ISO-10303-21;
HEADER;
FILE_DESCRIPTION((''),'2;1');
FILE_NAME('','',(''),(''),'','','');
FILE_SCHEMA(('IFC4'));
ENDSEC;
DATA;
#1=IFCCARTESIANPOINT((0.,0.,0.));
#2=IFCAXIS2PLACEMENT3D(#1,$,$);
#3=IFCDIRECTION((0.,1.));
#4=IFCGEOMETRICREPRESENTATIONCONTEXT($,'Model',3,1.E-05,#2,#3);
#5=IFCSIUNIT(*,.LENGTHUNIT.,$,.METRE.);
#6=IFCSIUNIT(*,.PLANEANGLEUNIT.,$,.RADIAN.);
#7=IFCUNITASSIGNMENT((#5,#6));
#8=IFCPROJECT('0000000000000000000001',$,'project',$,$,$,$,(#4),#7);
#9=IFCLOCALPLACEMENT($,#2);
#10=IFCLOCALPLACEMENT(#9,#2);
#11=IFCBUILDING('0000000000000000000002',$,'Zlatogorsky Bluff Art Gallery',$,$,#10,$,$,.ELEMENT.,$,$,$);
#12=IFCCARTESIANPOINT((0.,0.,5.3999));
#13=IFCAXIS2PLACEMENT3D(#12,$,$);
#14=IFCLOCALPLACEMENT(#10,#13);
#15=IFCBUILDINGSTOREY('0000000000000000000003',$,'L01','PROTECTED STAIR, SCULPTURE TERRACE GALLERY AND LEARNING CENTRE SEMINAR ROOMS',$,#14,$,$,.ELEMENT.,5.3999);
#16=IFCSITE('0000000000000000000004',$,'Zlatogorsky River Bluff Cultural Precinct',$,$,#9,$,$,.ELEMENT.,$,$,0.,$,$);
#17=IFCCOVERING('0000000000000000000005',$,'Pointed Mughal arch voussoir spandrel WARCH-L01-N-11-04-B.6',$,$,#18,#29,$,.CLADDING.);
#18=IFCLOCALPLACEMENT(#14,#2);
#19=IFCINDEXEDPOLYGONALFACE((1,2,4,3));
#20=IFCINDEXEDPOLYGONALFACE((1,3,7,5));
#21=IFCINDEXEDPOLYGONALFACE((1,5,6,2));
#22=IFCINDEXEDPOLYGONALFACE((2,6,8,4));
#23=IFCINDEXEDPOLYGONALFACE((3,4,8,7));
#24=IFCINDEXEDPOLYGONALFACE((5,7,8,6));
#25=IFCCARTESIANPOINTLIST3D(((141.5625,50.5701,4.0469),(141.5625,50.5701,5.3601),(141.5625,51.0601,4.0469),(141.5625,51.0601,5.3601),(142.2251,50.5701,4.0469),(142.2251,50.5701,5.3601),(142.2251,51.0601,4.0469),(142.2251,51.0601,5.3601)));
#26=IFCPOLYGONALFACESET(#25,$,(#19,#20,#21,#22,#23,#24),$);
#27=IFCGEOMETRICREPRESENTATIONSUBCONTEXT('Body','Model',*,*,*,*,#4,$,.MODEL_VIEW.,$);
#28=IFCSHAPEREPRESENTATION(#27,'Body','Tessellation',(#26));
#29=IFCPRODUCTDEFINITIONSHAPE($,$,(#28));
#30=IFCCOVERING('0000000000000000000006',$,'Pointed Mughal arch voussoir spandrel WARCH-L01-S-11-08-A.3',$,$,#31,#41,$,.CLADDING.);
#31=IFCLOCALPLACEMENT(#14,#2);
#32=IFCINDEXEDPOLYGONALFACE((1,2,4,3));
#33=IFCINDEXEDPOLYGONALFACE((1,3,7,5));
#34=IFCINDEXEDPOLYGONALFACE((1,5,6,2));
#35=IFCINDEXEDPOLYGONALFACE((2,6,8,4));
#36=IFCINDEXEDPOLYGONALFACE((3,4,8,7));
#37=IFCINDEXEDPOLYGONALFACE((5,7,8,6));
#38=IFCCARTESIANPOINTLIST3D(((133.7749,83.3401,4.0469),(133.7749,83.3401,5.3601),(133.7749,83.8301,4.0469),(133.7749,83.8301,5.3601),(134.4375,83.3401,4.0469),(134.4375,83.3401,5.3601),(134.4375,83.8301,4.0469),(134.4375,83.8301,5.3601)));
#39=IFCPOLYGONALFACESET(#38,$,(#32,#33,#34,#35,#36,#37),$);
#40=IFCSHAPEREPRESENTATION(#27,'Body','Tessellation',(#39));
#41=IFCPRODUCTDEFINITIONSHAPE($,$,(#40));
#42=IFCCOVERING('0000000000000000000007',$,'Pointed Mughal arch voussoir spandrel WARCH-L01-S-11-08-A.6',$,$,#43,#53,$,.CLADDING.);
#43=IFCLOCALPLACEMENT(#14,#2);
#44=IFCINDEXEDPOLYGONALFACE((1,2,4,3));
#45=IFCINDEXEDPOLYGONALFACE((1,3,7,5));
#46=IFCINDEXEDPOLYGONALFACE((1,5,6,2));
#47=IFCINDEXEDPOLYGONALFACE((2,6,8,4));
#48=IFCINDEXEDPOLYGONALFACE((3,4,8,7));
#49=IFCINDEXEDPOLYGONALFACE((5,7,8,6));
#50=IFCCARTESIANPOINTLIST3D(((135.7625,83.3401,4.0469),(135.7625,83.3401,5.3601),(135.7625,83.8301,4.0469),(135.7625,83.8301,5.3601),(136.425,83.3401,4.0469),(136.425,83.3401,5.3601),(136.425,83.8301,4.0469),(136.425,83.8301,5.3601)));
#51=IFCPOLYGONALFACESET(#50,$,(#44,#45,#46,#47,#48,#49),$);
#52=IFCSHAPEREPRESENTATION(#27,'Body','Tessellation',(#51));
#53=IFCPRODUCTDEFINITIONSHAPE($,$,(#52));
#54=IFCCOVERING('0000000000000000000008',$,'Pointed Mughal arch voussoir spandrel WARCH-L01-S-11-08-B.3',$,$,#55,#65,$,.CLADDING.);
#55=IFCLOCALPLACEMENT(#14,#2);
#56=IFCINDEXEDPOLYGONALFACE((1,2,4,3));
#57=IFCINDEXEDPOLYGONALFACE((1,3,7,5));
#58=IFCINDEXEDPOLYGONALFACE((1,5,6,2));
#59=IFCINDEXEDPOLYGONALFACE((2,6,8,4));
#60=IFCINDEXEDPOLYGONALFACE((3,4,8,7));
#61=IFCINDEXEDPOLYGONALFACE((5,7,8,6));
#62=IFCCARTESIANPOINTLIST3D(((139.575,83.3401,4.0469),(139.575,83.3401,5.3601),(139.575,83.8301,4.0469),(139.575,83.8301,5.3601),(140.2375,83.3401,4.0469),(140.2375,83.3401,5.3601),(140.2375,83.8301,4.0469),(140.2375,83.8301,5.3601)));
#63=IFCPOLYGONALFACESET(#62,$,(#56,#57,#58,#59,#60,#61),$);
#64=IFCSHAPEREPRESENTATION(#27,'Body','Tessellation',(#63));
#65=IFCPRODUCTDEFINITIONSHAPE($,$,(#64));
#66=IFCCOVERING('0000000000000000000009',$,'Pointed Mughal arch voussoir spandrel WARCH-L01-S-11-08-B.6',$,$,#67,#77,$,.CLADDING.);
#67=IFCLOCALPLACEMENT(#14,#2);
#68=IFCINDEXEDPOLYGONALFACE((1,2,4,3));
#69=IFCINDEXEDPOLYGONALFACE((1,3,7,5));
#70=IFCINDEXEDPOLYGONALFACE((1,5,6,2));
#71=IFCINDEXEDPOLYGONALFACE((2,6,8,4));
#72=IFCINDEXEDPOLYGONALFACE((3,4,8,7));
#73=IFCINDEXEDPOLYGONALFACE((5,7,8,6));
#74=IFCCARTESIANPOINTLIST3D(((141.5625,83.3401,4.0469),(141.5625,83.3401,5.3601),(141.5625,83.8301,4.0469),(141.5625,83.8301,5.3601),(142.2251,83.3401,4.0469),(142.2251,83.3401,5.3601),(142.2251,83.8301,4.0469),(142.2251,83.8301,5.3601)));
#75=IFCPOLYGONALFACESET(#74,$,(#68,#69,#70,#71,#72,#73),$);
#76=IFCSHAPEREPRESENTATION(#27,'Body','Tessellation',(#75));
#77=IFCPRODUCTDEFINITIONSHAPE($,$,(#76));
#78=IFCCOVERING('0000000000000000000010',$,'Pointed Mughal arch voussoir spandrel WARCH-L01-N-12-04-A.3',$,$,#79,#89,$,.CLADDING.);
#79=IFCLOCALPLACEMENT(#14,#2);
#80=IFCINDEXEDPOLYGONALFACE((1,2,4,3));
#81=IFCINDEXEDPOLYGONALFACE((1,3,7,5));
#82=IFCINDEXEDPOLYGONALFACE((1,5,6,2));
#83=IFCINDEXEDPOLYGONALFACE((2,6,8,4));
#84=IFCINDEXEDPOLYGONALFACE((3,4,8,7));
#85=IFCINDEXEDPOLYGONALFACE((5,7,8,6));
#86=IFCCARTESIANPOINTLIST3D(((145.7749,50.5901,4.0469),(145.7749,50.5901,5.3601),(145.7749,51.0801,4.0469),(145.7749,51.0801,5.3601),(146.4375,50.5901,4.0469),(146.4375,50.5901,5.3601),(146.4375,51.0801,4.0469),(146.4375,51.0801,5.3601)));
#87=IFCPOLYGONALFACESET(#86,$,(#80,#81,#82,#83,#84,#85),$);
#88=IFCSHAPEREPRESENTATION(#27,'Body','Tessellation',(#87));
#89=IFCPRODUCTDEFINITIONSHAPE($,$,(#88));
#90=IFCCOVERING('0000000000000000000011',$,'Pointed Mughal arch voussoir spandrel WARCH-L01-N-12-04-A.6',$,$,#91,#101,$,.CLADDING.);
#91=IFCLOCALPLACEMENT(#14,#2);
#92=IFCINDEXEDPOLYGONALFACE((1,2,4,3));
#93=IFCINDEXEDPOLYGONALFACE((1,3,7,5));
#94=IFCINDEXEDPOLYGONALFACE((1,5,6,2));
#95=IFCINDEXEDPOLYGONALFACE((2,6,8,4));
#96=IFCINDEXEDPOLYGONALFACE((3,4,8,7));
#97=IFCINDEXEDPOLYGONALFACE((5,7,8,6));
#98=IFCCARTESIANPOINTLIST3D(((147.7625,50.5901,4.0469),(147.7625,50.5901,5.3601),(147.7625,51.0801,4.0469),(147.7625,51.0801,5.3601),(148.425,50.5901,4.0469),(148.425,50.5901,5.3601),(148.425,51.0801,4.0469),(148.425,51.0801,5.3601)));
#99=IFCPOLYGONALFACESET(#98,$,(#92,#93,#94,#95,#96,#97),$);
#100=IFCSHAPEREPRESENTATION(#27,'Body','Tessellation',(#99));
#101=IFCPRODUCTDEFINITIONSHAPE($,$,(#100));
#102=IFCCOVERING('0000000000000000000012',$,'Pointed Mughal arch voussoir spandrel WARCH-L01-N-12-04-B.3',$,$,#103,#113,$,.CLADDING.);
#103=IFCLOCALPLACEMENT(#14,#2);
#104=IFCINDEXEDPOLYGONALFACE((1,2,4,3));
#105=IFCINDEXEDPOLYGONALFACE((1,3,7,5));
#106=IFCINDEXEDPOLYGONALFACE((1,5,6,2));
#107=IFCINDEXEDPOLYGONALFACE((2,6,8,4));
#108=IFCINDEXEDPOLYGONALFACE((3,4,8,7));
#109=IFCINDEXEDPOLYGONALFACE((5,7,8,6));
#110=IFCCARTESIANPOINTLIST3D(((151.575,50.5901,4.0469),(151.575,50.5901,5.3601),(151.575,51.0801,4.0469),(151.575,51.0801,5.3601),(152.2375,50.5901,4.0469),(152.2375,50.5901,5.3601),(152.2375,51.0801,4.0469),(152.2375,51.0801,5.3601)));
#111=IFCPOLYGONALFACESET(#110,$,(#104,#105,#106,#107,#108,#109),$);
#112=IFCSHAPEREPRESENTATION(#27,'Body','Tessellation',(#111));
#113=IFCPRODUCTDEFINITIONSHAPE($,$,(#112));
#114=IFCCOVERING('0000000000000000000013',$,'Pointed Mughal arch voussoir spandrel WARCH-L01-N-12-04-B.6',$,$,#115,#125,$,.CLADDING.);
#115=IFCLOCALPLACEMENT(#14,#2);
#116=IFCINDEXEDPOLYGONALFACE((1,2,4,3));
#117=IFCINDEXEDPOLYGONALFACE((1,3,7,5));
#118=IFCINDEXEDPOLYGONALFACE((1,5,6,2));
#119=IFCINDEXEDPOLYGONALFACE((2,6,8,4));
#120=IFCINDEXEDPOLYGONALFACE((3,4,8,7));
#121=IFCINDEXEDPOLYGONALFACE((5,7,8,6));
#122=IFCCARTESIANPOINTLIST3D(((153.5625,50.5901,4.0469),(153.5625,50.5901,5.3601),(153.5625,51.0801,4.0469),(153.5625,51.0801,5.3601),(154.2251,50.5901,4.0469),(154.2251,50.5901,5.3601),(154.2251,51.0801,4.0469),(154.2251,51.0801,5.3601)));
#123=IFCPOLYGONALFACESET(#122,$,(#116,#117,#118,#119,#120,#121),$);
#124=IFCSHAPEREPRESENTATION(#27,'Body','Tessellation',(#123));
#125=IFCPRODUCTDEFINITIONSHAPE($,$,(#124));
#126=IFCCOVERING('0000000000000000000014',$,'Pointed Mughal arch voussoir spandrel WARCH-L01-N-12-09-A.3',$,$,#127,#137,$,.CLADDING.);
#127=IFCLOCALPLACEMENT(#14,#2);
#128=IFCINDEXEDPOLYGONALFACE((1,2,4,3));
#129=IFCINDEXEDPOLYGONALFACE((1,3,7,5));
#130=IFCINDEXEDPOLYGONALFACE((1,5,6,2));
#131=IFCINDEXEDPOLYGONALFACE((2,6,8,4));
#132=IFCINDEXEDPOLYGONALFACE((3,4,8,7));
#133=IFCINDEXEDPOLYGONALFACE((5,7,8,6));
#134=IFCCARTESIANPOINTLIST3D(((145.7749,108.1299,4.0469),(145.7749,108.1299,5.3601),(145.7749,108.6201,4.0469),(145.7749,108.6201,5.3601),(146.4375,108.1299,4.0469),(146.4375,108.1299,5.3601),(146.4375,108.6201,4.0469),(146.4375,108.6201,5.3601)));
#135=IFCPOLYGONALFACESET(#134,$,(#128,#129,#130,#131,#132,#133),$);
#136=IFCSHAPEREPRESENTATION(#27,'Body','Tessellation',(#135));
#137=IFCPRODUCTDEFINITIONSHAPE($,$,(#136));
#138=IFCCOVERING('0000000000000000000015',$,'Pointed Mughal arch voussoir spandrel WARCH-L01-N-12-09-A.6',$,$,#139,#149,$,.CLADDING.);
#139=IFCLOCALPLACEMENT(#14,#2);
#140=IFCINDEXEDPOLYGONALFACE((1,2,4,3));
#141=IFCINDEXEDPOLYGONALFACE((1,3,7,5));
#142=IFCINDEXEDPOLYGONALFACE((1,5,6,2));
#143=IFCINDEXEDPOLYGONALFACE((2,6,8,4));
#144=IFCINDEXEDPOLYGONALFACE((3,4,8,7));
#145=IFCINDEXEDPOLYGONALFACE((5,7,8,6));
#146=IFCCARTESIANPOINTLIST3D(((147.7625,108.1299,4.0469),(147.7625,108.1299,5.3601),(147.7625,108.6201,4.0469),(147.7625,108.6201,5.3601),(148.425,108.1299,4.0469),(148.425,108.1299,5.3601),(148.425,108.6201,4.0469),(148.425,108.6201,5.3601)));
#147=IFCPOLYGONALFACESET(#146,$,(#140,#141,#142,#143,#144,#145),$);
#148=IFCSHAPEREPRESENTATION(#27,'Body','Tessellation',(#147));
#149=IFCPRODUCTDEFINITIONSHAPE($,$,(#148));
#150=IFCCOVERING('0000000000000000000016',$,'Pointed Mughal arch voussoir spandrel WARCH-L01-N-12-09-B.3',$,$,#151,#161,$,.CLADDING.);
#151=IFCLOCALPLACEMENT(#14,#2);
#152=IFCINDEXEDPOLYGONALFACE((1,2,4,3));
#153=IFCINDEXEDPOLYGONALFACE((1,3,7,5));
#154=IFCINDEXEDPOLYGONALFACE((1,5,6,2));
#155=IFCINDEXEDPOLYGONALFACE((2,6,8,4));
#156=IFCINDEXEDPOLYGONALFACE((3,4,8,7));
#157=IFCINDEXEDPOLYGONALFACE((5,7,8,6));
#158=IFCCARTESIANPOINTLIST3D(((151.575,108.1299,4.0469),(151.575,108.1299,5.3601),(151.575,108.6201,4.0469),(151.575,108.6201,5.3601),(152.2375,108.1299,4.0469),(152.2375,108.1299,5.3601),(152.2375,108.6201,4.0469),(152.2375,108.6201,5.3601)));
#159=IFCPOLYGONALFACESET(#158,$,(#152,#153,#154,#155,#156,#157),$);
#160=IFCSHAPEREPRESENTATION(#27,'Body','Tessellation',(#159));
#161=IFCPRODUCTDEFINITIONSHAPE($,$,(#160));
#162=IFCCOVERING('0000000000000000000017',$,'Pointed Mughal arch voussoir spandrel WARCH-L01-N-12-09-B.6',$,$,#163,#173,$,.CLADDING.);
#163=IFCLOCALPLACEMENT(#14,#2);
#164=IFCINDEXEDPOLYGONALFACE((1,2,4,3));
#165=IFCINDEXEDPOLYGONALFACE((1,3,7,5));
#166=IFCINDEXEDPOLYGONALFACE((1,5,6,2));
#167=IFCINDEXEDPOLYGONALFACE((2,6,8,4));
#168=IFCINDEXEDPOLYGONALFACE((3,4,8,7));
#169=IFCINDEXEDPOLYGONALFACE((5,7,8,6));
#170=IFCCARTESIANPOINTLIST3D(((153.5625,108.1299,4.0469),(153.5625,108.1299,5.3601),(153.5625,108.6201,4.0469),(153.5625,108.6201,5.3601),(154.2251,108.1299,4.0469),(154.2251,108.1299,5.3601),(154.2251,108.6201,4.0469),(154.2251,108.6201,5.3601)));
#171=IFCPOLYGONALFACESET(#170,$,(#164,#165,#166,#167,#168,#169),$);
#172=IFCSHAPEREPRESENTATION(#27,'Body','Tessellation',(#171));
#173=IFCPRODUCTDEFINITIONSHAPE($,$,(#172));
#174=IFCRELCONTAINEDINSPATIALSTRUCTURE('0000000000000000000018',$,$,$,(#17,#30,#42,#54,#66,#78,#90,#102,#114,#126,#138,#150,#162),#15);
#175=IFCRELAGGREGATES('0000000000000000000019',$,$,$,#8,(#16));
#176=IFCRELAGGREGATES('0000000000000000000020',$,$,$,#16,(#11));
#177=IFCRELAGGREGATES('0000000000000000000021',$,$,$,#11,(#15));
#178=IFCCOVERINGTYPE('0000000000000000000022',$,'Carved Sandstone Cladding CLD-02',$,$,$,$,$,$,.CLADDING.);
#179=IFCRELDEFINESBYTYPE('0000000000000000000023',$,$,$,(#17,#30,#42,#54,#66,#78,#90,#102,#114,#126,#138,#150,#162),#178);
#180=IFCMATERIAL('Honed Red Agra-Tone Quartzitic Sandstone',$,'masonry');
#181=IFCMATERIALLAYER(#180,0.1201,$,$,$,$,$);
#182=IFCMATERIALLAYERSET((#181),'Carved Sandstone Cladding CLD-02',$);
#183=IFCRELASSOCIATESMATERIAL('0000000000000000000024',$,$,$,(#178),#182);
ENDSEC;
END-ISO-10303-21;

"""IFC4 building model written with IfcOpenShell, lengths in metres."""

from ifc_helpers import new_model, si_unit, direction, frame, origin, place, context, subcontext, project, spatial, polyline, outline, extrude, material, layer, layer_set, type_object, element, save


model = new_model("IFC4")

# Units and contexts
model_context = context("Model", 3, precision=1e-05, world=origin(), true_north=direction((0.0, 1.0)))
body_context = subcontext(model_context, "Body", "Model", "MODEL_VIEW")
ifc_project = project(units=[si_unit("LENGTHUNIT", "METRE"), si_unit("PLANEANGLEUNIT", "RADIAN")], contexts=[model_context])

# Site, building, storey
site_placement = place(None, origin())
site = spatial("IfcSite", under=ifc_project, at=site_placement, Name="Zlatogorsky River Bluff Cultural Precinct", CompositionType="ELEMENT", RefElevation=0.0)
building_placement = place(site_placement, origin())
building = spatial("IfcBuilding", under=site, at=building_placement, Name="Zlatogorsky Bluff Art Gallery", CompositionType="ELEMENT")
storey_placement = place(building_placement, frame((0.0, 0.0, 5.3999)))
storey = spatial("IfcBuildingStorey", under=building, at=storey_placement, Name="L01", Description="PROTECTED STAIR, SCULPTURE TERRACE GALLERY AND LEARNING CENTRE SEMINAR ROOMS", CompositionType="ELEMENT", Elevation=5.3999)

# Coverings
ifc_material = material(Name="Honed Red Agra-Tone Quartzitic Sandstone", Category="masonry")
ifc_layer = layer(ifc_material, 0.1201)
ifc_layer_set = layer_set([ifc_layer], Name="Carved Sandstone Cladding CLD-02")
covering_type = type_object("IfcCoveringType", Name="Carved Sandstone Cladding CLD-02", PredefinedType="CLADDING", material=ifc_layer_set)
covering_1_placement = place(storey_placement, frame((0.0, 0.0, 4.0469)))
element("IfcCovering", 1, at=covering_1_placement, inside=storey, type_object=covering_type, Name="Pointed Mughal arch voussoir spandrel WARCH-L01-N-11-04-B.6", PredefinedType="CLADDING", context=body_context, shape_type="SweptSolid", body=[
    extrude(outline(polyline([(141.5625, 50.5701), (142.2251, 50.5701), (142.2251, 51.0601), (141.5625, 51.0601), (141.5625, 50.5701)])), origin(), (0.0, 0.0, 1.0), 1.3132),
])
covering_2_placement = place(storey_placement, frame((0.0, 0.0, 4.0469)))
element("IfcCovering", 2, at=covering_2_placement, inside=storey, type_object=covering_type, Name="Pointed Mughal arch voussoir spandrel WARCH-L01-S-11-08-A.3", PredefinedType="CLADDING", context=body_context, shape_type="SweptSolid", body=[
    extrude(outline(polyline([(133.7749, 83.3401), (134.4375, 83.3401), (134.4375, 83.8301), (133.7749, 83.8301), (133.7749, 83.3401)])), origin(), (0.0, 0.0, 1.0), 1.3132),
])
covering_3_placement = place(storey_placement, frame((0.0, 0.0, 4.0469)))
element("IfcCovering", 3, at=covering_3_placement, inside=storey, type_object=covering_type, Name="Pointed Mughal arch voussoir spandrel WARCH-L01-S-11-08-A.6", PredefinedType="CLADDING", context=body_context, shape_type="SweptSolid", body=[
    extrude(outline(polyline([(135.7625, 83.3401), (136.425, 83.3401), (136.425, 83.8301), (135.7625, 83.8301), (135.7625, 83.3401)])), origin(), (0.0, 0.0, 1.0), 1.3132),
])
covering_4_placement = place(storey_placement, frame((0.0, 0.0, 4.0469)))
element("IfcCovering", 4, at=covering_4_placement, inside=storey, type_object=covering_type, Name="Pointed Mughal arch voussoir spandrel WARCH-L01-S-11-08-B.3", PredefinedType="CLADDING", context=body_context, shape_type="SweptSolid", body=[
    extrude(outline(polyline([(139.575, 83.3401), (140.2375, 83.3401), (140.2375, 83.8301), (139.575, 83.8301), (139.575, 83.3401)])), origin(), (0.0, 0.0, 1.0), 1.3132),
])
covering_5_placement = place(storey_placement, frame((0.0, 0.0, 4.0469)))
element("IfcCovering", 5, at=covering_5_placement, inside=storey, type_object=covering_type, Name="Pointed Mughal arch voussoir spandrel WARCH-L01-S-11-08-B.6", PredefinedType="CLADDING", context=body_context, shape_type="SweptSolid", body=[
    extrude(outline(polyline([(141.5625, 83.3401), (142.2251, 83.3401), (142.2251, 83.8301), (141.5625, 83.8301), (141.5625, 83.3401)])), origin(), (0.0, 0.0, 1.0), 1.3132),
])
covering_6_placement = place(storey_placement, frame((0.0, 0.0, 4.0469)))
element("IfcCovering", 6, at=covering_6_placement, inside=storey, type_object=covering_type, Name="Pointed Mughal arch voussoir spandrel WARCH-L01-N-12-04-A.3", PredefinedType="CLADDING", context=body_context, shape_type="SweptSolid", body=[
    extrude(outline(polyline([(145.7749, 50.5901), (146.4375, 50.5901), (146.4375, 51.0801), (145.7749, 51.0801), (145.7749, 50.5901)])), origin(), (0.0, 0.0, 1.0), 1.3132),
])
covering_7_placement = place(storey_placement, frame((0.0, 0.0, 4.0469)))
element("IfcCovering", 7, at=covering_7_placement, inside=storey, type_object=covering_type, Name="Pointed Mughal arch voussoir spandrel WARCH-L01-N-12-04-A.6", PredefinedType="CLADDING", context=body_context, shape_type="SweptSolid", body=[
    extrude(outline(polyline([(147.7625, 50.5901), (148.425, 50.5901), (148.425, 51.0801), (147.7625, 51.0801), (147.7625, 50.5901)])), origin(), (0.0, 0.0, 1.0), 1.3132),
])
covering_8_placement = place(storey_placement, frame((0.0, 0.0, 4.0469)))
element("IfcCovering", 8, at=covering_8_placement, inside=storey, type_object=covering_type, Name="Pointed Mughal arch voussoir spandrel WARCH-L01-N-12-04-B.3", PredefinedType="CLADDING", context=body_context, shape_type="SweptSolid", body=[
    extrude(outline(polyline([(151.575, 50.5901), (152.2375, 50.5901), (152.2375, 51.0801), (151.575, 51.0801), (151.575, 50.5901)])), origin(), (0.0, 0.0, 1.0), 1.3132),
])
covering_9_placement = place(storey_placement, frame((0.0, 0.0, 4.0469)))
element("IfcCovering", 9, at=covering_9_placement, inside=storey, type_object=covering_type, Name="Pointed Mughal arch voussoir spandrel WARCH-L01-N-12-04-B.6", PredefinedType="CLADDING", context=body_context, shape_type="SweptSolid", body=[
    extrude(outline(polyline([(153.5625, 50.5901), (154.2251, 50.5901), (154.2251, 51.0801), (153.5625, 51.0801), (153.5625, 50.5901)])), origin(), (0.0, 0.0, 1.0), 1.3132),
])
covering_10_placement = place(storey_placement, frame((0.0, 0.0, 4.0469)))
element("IfcCovering", 10, at=covering_10_placement, inside=storey, type_object=covering_type, Name="Pointed Mughal arch voussoir spandrel WARCH-L01-N-12-09-A.3", PredefinedType="CLADDING", context=body_context, shape_type="SweptSolid", body=[
    extrude(outline(polyline([(145.7749, 108.1299), (146.4375, 108.1299), (146.4375, 108.6201), (145.7749, 108.6201), (145.7749, 108.1299)])), origin(), (0.0, 0.0, 1.0), 1.3132),
])
covering_11_placement = place(storey_placement, frame((0.0, 0.0, 4.0469)))
element("IfcCovering", 11, at=covering_11_placement, inside=storey, type_object=covering_type, Name="Pointed Mughal arch voussoir spandrel WARCH-L01-N-12-09-A.6", PredefinedType="CLADDING", context=body_context, shape_type="SweptSolid", body=[
    extrude(outline(polyline([(147.7625, 108.1299), (148.425, 108.1299), (148.425, 108.6201), (147.7625, 108.6201), (147.7625, 108.1299)])), origin(), (0.0, 0.0, 1.0), 1.3132),
])
covering_12_placement = place(storey_placement, frame((0.0, 0.0, 4.0469)))
element("IfcCovering", 12, at=covering_12_placement, inside=storey, type_object=covering_type, Name="Pointed Mughal arch voussoir spandrel WARCH-L01-N-12-09-B.3", PredefinedType="CLADDING", context=body_context, shape_type="SweptSolid", body=[
    extrude(outline(polyline([(151.575, 108.1299), (152.2375, 108.1299), (152.2375, 108.6201), (151.575, 108.6201), (151.575, 108.1299)])), origin(), (0.0, 0.0, 1.0), 1.3132),
])
covering_13_placement = place(storey_placement, frame((0.0, 0.0, 4.0469)))
element("IfcCovering", 13, at=covering_13_placement, inside=storey, type_object=covering_type, Name="Pointed Mughal arch voussoir spandrel WARCH-L01-N-12-09-B.6", PredefinedType="CLADDING", context=body_context, shape_type="SweptSolid", body=[
    extrude(outline(polyline([(153.5625, 108.1299), (154.2251, 108.1299), (154.2251, 108.6201), (153.5625, 108.6201), (153.5625, 108.1299)])), origin(), (0.0, 0.0, 1.0), 1.3132),
])

save(model, "model.ifc")
